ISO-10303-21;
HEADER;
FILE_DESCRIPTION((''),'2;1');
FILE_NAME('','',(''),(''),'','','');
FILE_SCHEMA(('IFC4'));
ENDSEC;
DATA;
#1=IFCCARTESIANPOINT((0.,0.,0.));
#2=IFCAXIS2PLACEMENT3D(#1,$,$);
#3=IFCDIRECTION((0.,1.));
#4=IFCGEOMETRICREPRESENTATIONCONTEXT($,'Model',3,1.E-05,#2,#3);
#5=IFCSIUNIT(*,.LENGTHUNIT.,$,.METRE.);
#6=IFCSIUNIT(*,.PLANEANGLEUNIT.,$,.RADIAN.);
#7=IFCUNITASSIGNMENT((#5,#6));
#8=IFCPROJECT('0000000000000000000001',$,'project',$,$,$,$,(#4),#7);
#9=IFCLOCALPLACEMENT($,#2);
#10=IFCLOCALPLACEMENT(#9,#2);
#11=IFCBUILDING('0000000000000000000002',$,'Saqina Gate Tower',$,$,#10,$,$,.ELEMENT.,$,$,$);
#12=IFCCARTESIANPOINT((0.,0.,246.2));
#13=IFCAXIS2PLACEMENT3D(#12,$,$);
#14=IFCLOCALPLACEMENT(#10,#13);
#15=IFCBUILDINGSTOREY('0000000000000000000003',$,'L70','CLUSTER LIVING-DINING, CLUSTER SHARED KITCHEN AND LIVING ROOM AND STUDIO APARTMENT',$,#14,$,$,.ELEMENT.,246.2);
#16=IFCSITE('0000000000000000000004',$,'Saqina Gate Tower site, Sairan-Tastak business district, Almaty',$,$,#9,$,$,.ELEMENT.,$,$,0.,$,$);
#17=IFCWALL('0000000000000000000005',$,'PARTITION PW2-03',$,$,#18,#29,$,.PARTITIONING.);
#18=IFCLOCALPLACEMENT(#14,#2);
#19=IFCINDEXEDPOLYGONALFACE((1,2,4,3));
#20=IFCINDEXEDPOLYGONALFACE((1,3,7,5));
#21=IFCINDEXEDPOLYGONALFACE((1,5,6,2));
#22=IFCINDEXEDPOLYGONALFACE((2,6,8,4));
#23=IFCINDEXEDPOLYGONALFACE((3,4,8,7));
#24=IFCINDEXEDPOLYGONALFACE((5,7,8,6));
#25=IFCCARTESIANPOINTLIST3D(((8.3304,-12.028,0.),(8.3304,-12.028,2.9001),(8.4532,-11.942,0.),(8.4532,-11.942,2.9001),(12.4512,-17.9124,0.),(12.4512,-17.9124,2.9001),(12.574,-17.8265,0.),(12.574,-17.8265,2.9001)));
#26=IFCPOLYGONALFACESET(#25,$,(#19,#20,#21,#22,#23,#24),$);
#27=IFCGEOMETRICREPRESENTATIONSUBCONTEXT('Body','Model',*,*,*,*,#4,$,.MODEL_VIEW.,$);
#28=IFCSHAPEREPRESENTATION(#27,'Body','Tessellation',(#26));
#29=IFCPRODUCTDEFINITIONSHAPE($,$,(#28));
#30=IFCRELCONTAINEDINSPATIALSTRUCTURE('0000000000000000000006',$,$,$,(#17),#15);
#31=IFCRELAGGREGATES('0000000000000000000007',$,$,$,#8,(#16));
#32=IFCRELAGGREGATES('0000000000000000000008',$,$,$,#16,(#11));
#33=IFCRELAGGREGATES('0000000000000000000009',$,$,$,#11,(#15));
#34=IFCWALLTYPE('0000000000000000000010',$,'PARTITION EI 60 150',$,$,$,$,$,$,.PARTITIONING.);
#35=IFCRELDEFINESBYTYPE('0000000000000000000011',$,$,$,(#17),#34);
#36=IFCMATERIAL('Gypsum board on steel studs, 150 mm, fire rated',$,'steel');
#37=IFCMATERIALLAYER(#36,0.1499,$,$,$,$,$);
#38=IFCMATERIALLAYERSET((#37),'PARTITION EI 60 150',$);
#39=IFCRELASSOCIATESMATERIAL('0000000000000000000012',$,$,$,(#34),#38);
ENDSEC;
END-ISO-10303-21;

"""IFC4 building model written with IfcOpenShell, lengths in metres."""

from ifc_helpers import new_model, si_unit, direction, frame, frame_2d, origin, place, context, subcontext, project, spatial, rectangle, extrude, material, layer, layer_set, type_object, element, save


model = new_model("IFC4")

# Units and contexts
model_context = context("Model", 3, precision=1e-05, world=origin(), true_north=direction((0.0, 1.0)))
body_context = subcontext(model_context, "Body", "Model", "MODEL_VIEW")
ifc_project = project(units=[si_unit("LENGTHUNIT", "METRE"), si_unit("PLANEANGLEUNIT", "RADIAN")], contexts=[model_context])

# Site, building, storey
site_placement = place(None, origin())
site = spatial("IfcSite", under=ifc_project, at=site_placement, Name="Saqina Gate Tower site, Sairan-Tastak business district, Almaty", CompositionType="ELEMENT", RefElevation=0.0)
building_placement = place(site_placement, origin())
building = spatial("IfcBuilding", under=site, at=building_placement, Name="Saqina Gate Tower", CompositionType="ELEMENT")
storey_placement = place(building_placement, frame((0.0, 0.0, 246.2)))
storey = spatial("IfcBuildingStorey", under=building, at=storey_placement, Name="L70", Description="CLUSTER LIVING-DINING, CLUSTER SHARED KITCHEN AND LIVING ROOM AND STUDIO APARTMENT", CompositionType="ELEMENT", Elevation=246.2)

# Wall
ifc_material_1 = material(Name="Gypsum board on steel studs, 150 mm, fire rated", Category="steel")
ifc_layer_1 = layer(ifc_material_1, 0.1499)
ifc_layer_set_1 = layer_set([ifc_layer_1], Name="PARTITION EI 60 150")
wall_type_1 = type_object("IfcWallType", Name="PARTITION EI 60 150", PredefinedType="PARTITIONING", material=ifc_layer_set_1)
wall_1_placement = place(storey_placement, frame((8.3918, -11.9851, 0.0), z_axis=(0.0, 0.0, 1.0), x_axis=(0.57362, -0.819122, 0.0)))
element("IfcWall", 1, at=wall_1_placement, inside=storey, type_object=wall_type_1, Name="PARTITION PW2-03", PredefinedType="PARTITIONING", context=body_context, shape_type="SweptSolid", body=[
    extrude(rectangle(XDim=7.1838, YDim=0.1499, at=frame_2d((3.5918, 0.0))), origin(), (0.0, 0.0, 1.0), 2.9001),
])

save(model, "model.ifc")
